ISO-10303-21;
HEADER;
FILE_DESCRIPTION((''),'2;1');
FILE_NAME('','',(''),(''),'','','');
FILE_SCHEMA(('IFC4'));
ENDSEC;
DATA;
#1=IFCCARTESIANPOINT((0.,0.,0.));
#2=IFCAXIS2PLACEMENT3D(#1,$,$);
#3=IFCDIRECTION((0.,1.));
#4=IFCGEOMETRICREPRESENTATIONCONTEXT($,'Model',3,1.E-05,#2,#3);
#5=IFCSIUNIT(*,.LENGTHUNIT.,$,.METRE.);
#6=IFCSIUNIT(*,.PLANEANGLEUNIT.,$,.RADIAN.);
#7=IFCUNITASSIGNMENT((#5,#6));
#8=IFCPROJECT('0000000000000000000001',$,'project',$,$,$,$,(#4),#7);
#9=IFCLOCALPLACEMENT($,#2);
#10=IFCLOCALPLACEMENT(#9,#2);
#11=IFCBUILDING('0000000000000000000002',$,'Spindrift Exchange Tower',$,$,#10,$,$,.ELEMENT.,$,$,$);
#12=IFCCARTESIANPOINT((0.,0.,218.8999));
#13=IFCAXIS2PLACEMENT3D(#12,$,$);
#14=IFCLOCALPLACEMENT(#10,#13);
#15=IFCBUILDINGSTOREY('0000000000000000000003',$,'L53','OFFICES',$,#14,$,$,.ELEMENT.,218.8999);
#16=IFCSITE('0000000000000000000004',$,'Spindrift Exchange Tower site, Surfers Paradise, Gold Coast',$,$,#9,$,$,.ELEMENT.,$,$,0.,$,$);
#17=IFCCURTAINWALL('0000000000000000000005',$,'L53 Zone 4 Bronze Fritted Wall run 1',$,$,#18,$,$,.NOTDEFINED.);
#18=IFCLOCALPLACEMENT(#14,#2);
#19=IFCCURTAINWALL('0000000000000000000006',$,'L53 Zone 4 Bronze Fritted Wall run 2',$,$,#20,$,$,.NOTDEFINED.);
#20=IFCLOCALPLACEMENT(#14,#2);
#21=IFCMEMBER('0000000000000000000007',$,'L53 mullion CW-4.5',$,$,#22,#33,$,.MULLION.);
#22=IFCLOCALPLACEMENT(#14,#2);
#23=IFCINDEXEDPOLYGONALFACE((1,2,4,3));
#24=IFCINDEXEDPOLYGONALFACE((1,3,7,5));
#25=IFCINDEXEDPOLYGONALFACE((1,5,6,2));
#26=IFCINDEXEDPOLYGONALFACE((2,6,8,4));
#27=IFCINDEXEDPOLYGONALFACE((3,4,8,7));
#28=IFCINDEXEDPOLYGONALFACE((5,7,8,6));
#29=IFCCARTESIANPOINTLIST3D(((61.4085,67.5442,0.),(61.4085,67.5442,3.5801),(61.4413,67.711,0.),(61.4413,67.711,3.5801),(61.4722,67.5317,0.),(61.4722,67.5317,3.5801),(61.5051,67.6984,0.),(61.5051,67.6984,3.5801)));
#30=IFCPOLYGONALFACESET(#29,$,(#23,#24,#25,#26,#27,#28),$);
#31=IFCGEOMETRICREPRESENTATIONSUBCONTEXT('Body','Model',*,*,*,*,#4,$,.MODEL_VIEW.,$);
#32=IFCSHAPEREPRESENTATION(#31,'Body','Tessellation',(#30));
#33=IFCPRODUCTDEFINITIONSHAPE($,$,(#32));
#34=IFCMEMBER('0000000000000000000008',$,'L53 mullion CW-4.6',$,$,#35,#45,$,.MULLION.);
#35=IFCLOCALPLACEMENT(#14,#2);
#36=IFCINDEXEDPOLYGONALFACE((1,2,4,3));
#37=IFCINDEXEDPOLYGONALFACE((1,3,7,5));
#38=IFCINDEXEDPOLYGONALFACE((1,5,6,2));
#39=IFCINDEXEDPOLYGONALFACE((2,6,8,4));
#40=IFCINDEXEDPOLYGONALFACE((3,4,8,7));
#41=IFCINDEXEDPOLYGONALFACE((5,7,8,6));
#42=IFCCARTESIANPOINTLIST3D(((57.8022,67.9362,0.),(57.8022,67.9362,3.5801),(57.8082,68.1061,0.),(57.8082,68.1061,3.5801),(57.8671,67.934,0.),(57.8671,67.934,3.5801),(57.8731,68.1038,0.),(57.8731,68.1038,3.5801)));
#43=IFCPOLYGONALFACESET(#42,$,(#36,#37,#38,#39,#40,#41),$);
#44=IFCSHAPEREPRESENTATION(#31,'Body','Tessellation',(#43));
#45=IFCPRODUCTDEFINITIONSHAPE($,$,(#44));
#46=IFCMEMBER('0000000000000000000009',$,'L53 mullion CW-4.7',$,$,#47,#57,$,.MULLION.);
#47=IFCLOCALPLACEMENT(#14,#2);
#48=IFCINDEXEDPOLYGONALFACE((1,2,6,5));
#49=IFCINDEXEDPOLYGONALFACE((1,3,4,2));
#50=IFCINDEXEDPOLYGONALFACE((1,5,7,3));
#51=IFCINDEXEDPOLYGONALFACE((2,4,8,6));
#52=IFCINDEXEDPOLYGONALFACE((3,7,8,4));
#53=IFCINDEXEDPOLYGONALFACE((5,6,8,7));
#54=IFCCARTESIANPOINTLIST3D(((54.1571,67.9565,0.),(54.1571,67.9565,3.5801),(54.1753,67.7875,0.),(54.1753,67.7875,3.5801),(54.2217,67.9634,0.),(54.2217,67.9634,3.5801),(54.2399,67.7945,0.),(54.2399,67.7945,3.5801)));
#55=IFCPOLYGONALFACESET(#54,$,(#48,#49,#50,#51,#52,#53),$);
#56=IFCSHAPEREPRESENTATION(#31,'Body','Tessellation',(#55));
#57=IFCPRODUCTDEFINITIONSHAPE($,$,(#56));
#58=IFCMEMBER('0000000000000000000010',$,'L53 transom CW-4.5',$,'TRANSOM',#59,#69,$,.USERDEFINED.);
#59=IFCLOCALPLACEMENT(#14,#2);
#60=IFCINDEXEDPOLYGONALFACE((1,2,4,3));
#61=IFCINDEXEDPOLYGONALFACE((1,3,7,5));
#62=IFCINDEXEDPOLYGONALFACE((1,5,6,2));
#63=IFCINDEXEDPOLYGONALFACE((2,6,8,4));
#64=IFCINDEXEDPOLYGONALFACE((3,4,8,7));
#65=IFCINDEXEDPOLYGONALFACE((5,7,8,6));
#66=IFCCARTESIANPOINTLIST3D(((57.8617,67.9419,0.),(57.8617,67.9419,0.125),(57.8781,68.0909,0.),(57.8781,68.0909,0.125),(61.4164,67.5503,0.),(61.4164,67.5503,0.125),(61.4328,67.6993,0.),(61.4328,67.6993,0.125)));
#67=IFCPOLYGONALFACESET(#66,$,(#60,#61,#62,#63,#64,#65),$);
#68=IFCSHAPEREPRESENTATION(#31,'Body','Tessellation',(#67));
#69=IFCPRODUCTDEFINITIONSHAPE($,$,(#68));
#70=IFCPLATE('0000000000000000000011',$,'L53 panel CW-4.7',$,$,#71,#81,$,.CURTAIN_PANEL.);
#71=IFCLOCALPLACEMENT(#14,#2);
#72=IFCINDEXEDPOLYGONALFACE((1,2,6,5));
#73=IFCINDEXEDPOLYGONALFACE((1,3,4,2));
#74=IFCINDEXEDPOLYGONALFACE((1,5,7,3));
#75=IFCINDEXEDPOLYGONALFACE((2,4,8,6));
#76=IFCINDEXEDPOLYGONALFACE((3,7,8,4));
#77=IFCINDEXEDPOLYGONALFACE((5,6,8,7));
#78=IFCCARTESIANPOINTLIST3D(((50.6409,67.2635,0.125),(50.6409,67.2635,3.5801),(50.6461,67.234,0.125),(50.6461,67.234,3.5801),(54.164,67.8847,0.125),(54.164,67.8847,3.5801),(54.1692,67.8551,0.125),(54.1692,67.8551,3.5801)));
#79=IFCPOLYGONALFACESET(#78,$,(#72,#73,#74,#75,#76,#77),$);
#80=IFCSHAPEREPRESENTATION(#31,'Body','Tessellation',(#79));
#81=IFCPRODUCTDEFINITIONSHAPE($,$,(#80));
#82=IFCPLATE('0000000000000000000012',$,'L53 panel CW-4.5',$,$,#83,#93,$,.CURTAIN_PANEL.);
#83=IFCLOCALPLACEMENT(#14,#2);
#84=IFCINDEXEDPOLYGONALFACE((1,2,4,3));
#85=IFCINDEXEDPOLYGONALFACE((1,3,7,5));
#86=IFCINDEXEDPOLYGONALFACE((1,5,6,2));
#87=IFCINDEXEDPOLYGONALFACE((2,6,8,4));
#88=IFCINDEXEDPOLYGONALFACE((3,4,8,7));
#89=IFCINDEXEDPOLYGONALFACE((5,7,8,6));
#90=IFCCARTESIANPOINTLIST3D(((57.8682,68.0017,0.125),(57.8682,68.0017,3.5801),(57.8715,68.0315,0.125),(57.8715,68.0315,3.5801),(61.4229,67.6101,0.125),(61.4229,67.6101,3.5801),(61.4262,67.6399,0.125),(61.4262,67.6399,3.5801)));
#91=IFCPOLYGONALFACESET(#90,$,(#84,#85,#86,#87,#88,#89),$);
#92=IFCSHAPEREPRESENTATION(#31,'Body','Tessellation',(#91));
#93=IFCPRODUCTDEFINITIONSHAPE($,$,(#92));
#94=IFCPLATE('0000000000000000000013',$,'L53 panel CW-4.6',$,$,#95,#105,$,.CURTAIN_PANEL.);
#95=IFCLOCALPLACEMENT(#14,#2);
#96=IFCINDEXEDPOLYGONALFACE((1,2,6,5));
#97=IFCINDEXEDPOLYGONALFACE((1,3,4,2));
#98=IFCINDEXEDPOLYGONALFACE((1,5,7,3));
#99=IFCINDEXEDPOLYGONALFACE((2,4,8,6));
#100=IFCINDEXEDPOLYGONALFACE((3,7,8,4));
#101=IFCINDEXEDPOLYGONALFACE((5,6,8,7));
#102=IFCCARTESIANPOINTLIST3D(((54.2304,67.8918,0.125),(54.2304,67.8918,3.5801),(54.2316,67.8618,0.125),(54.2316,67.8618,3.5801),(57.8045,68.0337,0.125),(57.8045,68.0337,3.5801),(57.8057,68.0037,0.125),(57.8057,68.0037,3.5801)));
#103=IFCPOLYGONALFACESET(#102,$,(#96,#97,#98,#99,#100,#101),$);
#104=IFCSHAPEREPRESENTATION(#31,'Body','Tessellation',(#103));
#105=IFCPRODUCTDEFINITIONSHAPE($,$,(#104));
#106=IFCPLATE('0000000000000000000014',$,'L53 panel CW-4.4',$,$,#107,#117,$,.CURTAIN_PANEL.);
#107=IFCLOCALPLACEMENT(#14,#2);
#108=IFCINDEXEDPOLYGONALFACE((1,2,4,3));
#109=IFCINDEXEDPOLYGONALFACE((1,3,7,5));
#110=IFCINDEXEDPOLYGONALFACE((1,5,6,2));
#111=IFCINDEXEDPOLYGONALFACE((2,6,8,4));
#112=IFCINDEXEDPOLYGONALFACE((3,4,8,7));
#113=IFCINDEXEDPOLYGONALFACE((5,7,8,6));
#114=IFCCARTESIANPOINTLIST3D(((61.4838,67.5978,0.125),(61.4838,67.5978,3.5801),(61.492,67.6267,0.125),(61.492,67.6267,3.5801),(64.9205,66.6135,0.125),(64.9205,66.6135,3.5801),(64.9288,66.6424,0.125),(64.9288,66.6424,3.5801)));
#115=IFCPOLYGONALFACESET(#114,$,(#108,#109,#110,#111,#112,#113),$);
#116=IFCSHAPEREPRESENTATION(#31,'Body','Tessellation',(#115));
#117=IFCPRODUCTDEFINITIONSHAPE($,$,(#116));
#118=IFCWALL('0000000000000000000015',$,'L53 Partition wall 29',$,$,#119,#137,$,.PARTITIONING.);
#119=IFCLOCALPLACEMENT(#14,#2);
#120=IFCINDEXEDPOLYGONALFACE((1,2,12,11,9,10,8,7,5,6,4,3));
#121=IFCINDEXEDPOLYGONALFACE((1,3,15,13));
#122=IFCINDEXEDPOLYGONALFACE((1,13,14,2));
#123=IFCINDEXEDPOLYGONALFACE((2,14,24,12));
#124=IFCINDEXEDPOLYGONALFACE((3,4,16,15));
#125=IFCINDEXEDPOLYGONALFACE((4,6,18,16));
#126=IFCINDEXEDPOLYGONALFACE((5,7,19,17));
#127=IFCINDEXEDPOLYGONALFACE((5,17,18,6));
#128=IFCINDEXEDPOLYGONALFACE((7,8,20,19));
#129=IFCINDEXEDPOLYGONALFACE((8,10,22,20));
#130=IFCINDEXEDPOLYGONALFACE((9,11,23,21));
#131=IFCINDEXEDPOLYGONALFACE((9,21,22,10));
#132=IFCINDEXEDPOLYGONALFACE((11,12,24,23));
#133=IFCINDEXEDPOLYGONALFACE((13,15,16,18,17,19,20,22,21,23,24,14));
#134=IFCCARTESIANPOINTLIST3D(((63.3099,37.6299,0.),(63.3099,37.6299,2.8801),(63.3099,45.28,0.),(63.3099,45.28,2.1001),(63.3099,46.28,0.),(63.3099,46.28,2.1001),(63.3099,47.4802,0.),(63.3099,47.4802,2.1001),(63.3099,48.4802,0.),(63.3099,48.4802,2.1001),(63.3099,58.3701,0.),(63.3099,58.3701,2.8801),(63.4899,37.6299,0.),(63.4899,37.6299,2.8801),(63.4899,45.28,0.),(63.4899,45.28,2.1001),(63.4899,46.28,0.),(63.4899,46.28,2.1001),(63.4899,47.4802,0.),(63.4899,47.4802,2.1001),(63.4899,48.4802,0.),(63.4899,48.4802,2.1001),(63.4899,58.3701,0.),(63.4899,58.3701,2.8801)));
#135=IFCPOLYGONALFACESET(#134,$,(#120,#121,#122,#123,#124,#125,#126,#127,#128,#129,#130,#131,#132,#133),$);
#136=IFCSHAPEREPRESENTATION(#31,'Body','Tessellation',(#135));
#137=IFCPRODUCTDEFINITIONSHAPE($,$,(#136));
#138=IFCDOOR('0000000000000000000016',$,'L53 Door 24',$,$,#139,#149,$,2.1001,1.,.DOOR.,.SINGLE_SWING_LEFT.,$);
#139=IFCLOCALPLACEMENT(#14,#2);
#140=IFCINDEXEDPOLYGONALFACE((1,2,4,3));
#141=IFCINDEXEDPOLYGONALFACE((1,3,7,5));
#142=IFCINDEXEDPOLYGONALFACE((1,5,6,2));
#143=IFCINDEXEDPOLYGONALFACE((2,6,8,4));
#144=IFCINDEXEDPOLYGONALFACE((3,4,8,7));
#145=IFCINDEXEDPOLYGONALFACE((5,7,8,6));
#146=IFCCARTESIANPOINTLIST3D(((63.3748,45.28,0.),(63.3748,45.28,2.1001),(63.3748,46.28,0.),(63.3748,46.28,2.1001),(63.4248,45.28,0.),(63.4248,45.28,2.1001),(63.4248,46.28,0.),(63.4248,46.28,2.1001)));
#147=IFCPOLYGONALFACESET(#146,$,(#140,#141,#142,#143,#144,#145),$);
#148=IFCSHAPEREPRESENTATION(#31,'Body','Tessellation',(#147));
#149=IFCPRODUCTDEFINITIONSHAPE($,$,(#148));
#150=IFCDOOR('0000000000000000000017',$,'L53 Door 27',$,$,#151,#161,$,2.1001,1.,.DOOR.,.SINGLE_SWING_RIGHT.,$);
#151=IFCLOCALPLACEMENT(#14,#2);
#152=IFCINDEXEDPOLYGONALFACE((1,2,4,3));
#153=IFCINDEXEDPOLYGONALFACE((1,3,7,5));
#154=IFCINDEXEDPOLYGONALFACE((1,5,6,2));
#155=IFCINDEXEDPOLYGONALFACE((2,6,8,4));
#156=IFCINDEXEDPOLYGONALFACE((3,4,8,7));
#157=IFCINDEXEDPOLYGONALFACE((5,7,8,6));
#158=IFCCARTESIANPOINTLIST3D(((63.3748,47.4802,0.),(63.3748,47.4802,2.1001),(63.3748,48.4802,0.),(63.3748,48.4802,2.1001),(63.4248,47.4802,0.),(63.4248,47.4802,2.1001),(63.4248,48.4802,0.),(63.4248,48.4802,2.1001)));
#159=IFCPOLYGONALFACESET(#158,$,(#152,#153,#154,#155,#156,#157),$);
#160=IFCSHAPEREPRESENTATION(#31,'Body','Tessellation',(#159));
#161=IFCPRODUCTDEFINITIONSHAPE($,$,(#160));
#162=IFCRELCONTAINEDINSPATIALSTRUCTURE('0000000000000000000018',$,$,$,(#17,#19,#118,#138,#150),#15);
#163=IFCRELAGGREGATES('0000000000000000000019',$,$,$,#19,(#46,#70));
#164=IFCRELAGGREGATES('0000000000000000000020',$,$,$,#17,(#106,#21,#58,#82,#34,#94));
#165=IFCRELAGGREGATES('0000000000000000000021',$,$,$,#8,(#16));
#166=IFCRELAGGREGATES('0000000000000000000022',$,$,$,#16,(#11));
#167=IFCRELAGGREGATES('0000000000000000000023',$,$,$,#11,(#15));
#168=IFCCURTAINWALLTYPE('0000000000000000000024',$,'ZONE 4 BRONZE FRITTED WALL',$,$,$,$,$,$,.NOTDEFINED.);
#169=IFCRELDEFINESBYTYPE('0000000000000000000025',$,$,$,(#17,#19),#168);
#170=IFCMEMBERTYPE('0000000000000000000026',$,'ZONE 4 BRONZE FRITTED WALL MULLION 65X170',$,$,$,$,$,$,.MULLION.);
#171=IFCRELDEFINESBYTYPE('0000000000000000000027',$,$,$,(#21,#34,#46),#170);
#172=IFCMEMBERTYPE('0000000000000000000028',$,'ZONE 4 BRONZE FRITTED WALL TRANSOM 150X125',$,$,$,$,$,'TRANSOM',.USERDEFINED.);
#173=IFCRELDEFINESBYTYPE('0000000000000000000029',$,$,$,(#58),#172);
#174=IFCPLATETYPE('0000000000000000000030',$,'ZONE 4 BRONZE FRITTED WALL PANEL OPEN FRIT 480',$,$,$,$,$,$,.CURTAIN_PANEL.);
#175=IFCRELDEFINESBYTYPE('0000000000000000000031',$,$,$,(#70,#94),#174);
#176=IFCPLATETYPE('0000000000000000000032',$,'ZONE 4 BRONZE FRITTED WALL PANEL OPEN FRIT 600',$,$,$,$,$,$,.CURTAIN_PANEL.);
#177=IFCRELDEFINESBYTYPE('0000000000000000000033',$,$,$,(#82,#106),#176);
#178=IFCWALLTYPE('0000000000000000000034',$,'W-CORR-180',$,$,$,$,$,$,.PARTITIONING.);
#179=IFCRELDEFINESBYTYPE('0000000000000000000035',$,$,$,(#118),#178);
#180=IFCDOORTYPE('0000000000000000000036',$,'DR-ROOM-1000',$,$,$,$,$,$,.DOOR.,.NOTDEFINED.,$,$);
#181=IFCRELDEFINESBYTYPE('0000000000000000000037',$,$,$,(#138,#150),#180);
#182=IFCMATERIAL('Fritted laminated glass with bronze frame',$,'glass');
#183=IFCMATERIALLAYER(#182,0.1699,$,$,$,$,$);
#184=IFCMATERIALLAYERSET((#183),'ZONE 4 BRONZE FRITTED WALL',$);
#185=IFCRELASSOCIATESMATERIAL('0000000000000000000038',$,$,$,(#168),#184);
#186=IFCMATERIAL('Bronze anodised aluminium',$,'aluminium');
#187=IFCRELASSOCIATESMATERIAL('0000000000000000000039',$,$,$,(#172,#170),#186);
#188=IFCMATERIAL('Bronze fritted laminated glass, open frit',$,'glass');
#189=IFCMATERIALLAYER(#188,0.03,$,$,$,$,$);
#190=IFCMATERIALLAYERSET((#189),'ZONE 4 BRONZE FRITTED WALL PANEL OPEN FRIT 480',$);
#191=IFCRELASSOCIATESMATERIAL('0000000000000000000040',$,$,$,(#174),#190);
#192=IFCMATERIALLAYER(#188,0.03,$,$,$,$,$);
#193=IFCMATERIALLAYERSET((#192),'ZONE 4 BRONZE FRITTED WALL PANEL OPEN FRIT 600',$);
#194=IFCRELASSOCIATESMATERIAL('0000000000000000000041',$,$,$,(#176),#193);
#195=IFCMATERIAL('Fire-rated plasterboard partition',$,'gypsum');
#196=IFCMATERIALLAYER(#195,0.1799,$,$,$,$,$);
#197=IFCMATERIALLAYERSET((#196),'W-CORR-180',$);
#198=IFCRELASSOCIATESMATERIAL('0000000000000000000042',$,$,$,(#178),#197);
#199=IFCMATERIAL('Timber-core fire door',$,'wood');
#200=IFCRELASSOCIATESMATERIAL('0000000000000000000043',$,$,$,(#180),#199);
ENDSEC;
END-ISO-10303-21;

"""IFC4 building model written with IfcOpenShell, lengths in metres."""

from ifc_helpers import new_model, si_unit, direction, frame, frame_2d, origin, origin_2d, place, context, subcontext, project, spatial, rectangle, extrude, source, transform, mapped, material, layer, layer_set, material_profile, profile_set, type_object, element, fill, aggregate, save


model = new_model("IFC4")

# Units and contexts
model_context = context("Model", 3, precision=1e-05, world=origin(), true_north=direction((0.0, 1.0)))
body_context = subcontext(model_context, "Body", "Model", "MODEL_VIEW")
ifc_project = project(units=[si_unit("LENGTHUNIT", "METRE"), si_unit("PLANEANGLEUNIT", "RADIAN")], contexts=[model_context])

# Site, building, storey
site_placement = place(None, origin())
site = spatial("IfcSite", under=ifc_project, at=site_placement, Name="Spindrift Exchange Tower site, Surfers Paradise, Gold Coast", CompositionType="ELEMENT", RefElevation=0.0)
building_placement = place(site_placement, origin())
building = spatial("IfcBuilding", under=site, at=building_placement, Name="Spindrift Exchange Tower", CompositionType="ELEMENT")
storey_placement = place(building_placement, frame((0.0, 0.0, 218.8999)))
storey = spatial("IfcBuildingStorey", under=building, at=storey_placement, Name="L53", Description="OFFICES", CompositionType="ELEMENT", Elevation=218.8999)

# Curtain walls
ifc_material_1 = material(Name="Fritted laminated glass with bronze frame", Category="glass")
ifc_layer_1 = layer(ifc_material_1, 0.1699)
ifc_layer_set_1 = layer_set([ifc_layer_1], Name="ZONE 4 BRONZE FRITTED WALL")
curtain_wall_type = type_object("IfcCurtainWallType", Name="ZONE 4 BRONZE FRITTED WALL", PredefinedType="NOTDEFINED", material=ifc_layer_set_1)
curtain_wall_1_placement = place(storey_placement, origin())
curtain_wall_1 = element("IfcCurtainWall", 1, at=curtain_wall_1_placement, inside=storey, type_object=curtain_wall_type, Name="L53 Zone 4 Bronze Fritted Wall run 1", PredefinedType="NOTDEFINED")
ifc_material_2 = material(Name="Bronze anodised aluminium", Category="aluminium")
ifc_material_profile_1 = material_profile(ifc_material_2, rectangle(XDim=0.1499, YDim=0.125, at=origin_2d()), Name="ZONE 4 BRONZE FRITTED WALL TRANSOM 150X125")
ifc_profile_set_1 = profile_set([ifc_material_profile_1], Name="Bronze anodised aluminium")
member_type_1 = type_object("IfcMemberType", Name="ZONE 4 BRONZE FRITTED WALL TRANSOM 150X125", ElementType="TRANSOM", PredefinedType="USERDEFINED", material=ifc_profile_set_1)
curtain_wall_2_placement = place(storey_placement, origin())
curtain_wall_2 = element("IfcCurtainWall", 2, at=curtain_wall_2_placement, inside=storey, type_object=curtain_wall_type, Name="L53 Zone 4 Bronze Fritted Wall run 2", PredefinedType="NOTDEFINED")

# Members
ifc_material_profile_2 = material_profile(ifc_material_2, rectangle(XDim=0.0649, YDim=0.1699, at=origin_2d()), Name="ZONE 4 BRONZE FRITTED WALL MULLION 65X170")
ifc_profile_set_2 = profile_set([ifc_material_profile_2], Name="Bronze anodised aluminium")
member_type_2 = type_object("IfcMemberType", Name="ZONE 4 BRONZE FRITTED WALL MULLION 65X170", PredefinedType="MULLION", material=ifc_profile_set_2)
shared_shape_1 = source(origin(), body_context, "Body", "SweptSolid", [
    extrude(rectangle(XDim=0.0649, YDim=0.1699, at=origin_2d()), origin(), (0.0, 0.0, 1.0), 3.5801),
])
member_1_placement = place(storey_placement, frame((61.4568, 67.6213, 0.0), z_axis=(0.0, 0.0, 1.0), x_axis=(-0.981177, 0.19311, 0.0)))
member_1 = element("IfcMember", 3, at=member_1_placement, type_object=member_type_2, Name="L53 mullion CW-4.5", PredefinedType="MULLION", context=body_context, shape_type="MappedRepresentation", body=[
    mapped(shared_shape_1, transform((0.0, 0.0, 0.0), scale=1.0)),
])
member_2_placement = place(storey_placement, frame((57.8376, 68.02, 0.0), z_axis=(0.0, 0.0, 1.0), x_axis=(-0.999387, 0.035009, 0.0)))
member_2 = element("IfcMember", 4, at=member_2_placement, type_object=member_type_2, Name="L53 mullion CW-4.6", PredefinedType="MULLION", context=body_context, shape_type="MappedRepresentation", body=[
    mapped(shared_shape_1, transform((0.0, 0.0, 0.0), scale=1.0)),
])
member_3_placement = place(storey_placement, frame((54.1985, 67.8755, 0.0), z_axis=(0.0, 0.0, 1.0), x_axis=(-0.99427, -0.106894, 0.0)))
member_3 = element("IfcMember", 5, at=member_3_placement, type_object=member_type_2, Name="L53 mullion CW-4.7", PredefinedType="MULLION", context=body_context, shape_type="MappedRepresentation", body=[
    mapped(shared_shape_1, transform((0.0, 0.0, 0.0), scale=1.0)),
])
shared_shape_2 = source(origin(), body_context, "Body", "SweptSolid", [
    extrude(rectangle(XDim=0.1499, YDim=0.125, at=origin_2d()), origin(), (0.0, 0.0, 1.0), 3.5762),
])
member_4_placement = place(storey_placement, frame((61.4246, 67.6248, 0.0625), z_axis=(-0.993987, 0.109502, 0.0), x_axis=(-0.109502, -0.993987, 0.0)))
member_4 = element("IfcMember", 6, at=member_4_placement, type_object=member_type_1, Name="L53 transom CW-4.5", ObjectType="TRANSOM", PredefinedType="USERDEFINED", context=body_context, shape_type="MappedRepresentation", body=[
    mapped(shared_shape_2, transform((0.0, 0.0, 0.0), scale=1.0)),
])

# Plates
ifc_material_3 = material(Name="Bronze fritted laminated glass, open frit", Category="glass")
ifc_layer_2 = layer(ifc_material_3, 0.03)
ifc_layer_set_2 = layer_set([ifc_layer_2], Name="ZONE 4 BRONZE FRITTED WALL PANEL OPEN FRIT 480")
plate_type_1 = type_object("IfcPlateType", Name="ZONE 4 BRONZE FRITTED WALL PANEL OPEN FRIT 480", PredefinedType="CURTAIN_PANEL", material=ifc_layer_set_2)
shared_shape_3 = source(origin(), body_context, "Body", "SweptSolid", [
    extrude(rectangle(XDim=3.5774, YDim=0.03, at=origin_2d()), origin(), (0.0, 0.0, 1.0), 3.4551),
])
plate_1_placement = place(storey_placement, frame((52.405, 67.5593, 0.125), z_axis=(0.0, 0.0, 1.0), x_axis=(-0.984812, -0.173626, 0.0)))
plate_1 = element("IfcPlate", 7, at=plate_1_placement, type_object=plate_type_1, Name="L53 panel CW-4.7", PredefinedType="CURTAIN_PANEL", context=body_context, shape_type="MappedRepresentation", body=[
    mapped(shared_shape_3, transform((0.0, 0.0, 0.0), scale=1.0)),
])
aggregate(curtain_wall_2, [member_3, plate_1])
ifc_layer_3 = layer(ifc_material_3, 0.03)
ifc_layer_set_3 = layer_set([ifc_layer_3], Name="ZONE 4 BRONZE FRITTED WALL PANEL OPEN FRIT 600")
plate_type_2 = type_object("IfcPlateType", Name="ZONE 4 BRONZE FRITTED WALL PANEL OPEN FRIT 600", PredefinedType="CURTAIN_PANEL", material=ifc_layer_set_3)
shared_shape_4 = source(origin(), body_context, "Body", "SweptSolid", [
    extrude(rectangle(XDim=3.5762, YDim=0.03, at=origin_2d()), origin(), (0.0, 0.0, 1.0), 3.4551),
])
plate_2_placement = place(storey_placement, frame((59.6472, 67.8208, 0.125), z_axis=(0.0, 0.0, 1.0), x_axis=(-0.993987, 0.1095, 0.0)))
plate_2 = element("IfcPlate", 8, at=plate_2_placement, type_object=plate_type_2, Name="L53 panel CW-4.5", PredefinedType="CURTAIN_PANEL", context=body_context, shape_type="MappedRepresentation", body=[
    mapped(shared_shape_4, transform((0.0, 0.0, 0.0), scale=1.0)),
])
shared_shape_5 = source(origin(), body_context, "Body", "SweptSolid", [
    extrude(rectangle(XDim=3.5769, YDim=0.03, at=origin_2d()), origin(), (0.0, 0.0, 1.0), 3.4551),
])
plate_3_placement = place(storey_placement, frame((56.0181, 67.9478, 0.125), z_axis=(0.0, 0.0, 1.0), x_axis=(-0.999213, -0.039677, 0.0)))
plate_3 = element("IfcPlate", 9, at=plate_3_placement, type_object=plate_type_1, Name="L53 panel CW-4.6", PredefinedType="CURTAIN_PANEL", context=body_context, shape_type="MappedRepresentation", body=[
    mapped(shared_shape_5, transform((0.0, 0.0, 0.0), scale=1.0)),
])
shared_shape_6 = source(origin(), body_context, "Body", "SweptSolid", [
    extrude(rectangle(XDim=3.575, YDim=0.03, at=origin_2d()), origin(), (0.0, 0.0, 1.0), 3.4551),
])
plate_4_placement = place(storey_placement, frame((63.2063, 67.1201, 0.125), z_axis=(0.0, 0.0, 1.0), x_axis=(-0.961347, 0.275339, 0.0)))
plate_4 = element("IfcPlate", 10, at=plate_4_placement, type_object=plate_type_2, Name="L53 panel CW-4.4", PredefinedType="CURTAIN_PANEL", context=body_context, shape_type="MappedRepresentation", body=[
    mapped(shared_shape_6, transform((0.0, 0.0, 0.0), scale=1.0)),
])
aggregate(curtain_wall_1, [plate_4, member_1, member_4, plate_2, member_2, plate_3])

# Wall, openings, doors
ifc_material_4 = material(Name="Fire-rated plasterboard partition", Category="gypsum")
ifc_layer_4 = layer(ifc_material_4, 0.1799)
ifc_layer_set_4 = layer_set([ifc_layer_4], Name="W-CORR-180")
wall_type_1 = type_object("IfcWallType", Name="W-CORR-180", PredefinedType="PARTITIONING", material=ifc_layer_set_4)
wall_1_placement = place(storey_placement, frame((63.3999, 58.3701, 0.0), z_axis=(0.0, 0.0, 1.0), x_axis=(0.0, -1.0, 0.0)))
wall_1 = element("IfcWall", 11, at=wall_1_placement, inside=storey, type_object=wall_type_1, Name="L53 Partition wall 29", PredefinedType="PARTITIONING", context=body_context, shape_type="SweptSolid", body=[
    extrude(rectangle(XDim=20.7402, YDim=0.1799, at=frame_2d((10.3701, 0.0))), origin(), (0.0, 0.0, 1.0), 2.8801),
])
opening_1_placement = place(wall_1_placement, frame((12.0901, 0.0, 0.0)))
opening_1 = element("IfcOpeningElement", 12, at=opening_1_placement, cuts=wall_1, PredefinedType="OPENING", context=body_context, shape_type="SweptSolid", body=[
    extrude(rectangle(XDim=1.0, YDim=2.1001, at=frame_2d((0.5, 1.05))), frame((0.0, 0.0999, 0.0), z_axis=(0.0, -1.0, 0.0), x_axis=(1.0, 0.0, 0.0)), (0.0, 0.0, 1.0), 0.2),
])
opening_2_placement = place(wall_1_placement, frame((9.8899, 0.0, 0.0)))
opening_2 = element("IfcOpeningElement", 13, at=opening_2_placement, cuts=wall_1, PredefinedType="OPENING", context=body_context, shape_type="SweptSolid", body=[
    extrude(rectangle(XDim=1.0, YDim=2.1001, at=frame_2d((0.5, 1.05))), frame((0.0, 0.0999, 0.0), z_axis=(0.0, -1.0, 0.0), x_axis=(1.0, 0.0, 0.0)), (0.0, 0.0, 1.0), 0.2),
])
ifc_material_5 = material(Name="Timber-core fire door", Category="wood")
door_type = type_object("IfcDoorType", Name="DR-ROOM-1000", OperationType="NOTDEFINED", PredefinedType="DOOR", material=ifc_material_5)
shared_shape_7 = source(origin(), body_context, "Body", "SweptSolid", [
    extrude(rectangle(XDim=1.0, YDim=2.1001, at=frame_2d((0.5, 1.05))), frame((0.0, 0.0249, 0.0), z_axis=(0.0, -1.0, 0.0), x_axis=(1.0, 0.0, 0.0)), (0.0, 0.0, 1.0), 0.05),
])
door_1_placement = place(opening_1_placement, origin())
door_1 = element("IfcDoor", 14, at=door_1_placement, inside=storey, type_object=door_type, Name="L53 Door 24", OperationType="SINGLE_SWING_LEFT", OverallHeight=2.1001, OverallWidth=1.0, PredefinedType="DOOR", context=body_context, shape_type="MappedRepresentation", body=[
    mapped(shared_shape_7, transform((0.0, 0.0, 0.0), scale=1.0)),
])
fill(opening_1, door_1)
door_2_placement = place(opening_2_placement, origin())
door_2 = element("IfcDoor", 15, at=door_2_placement, inside=storey, type_object=door_type, Name="L53 Door 27", OperationType="SINGLE_SWING_RIGHT", OverallHeight=2.1001, OverallWidth=1.0, PredefinedType="DOOR", context=body_context, shape_type="MappedRepresentation", body=[
    mapped(shared_shape_7, transform((0.0, 0.0, 0.0), scale=1.0)),
])
fill(opening_2, door_2)

save(model, "model.ifc")
